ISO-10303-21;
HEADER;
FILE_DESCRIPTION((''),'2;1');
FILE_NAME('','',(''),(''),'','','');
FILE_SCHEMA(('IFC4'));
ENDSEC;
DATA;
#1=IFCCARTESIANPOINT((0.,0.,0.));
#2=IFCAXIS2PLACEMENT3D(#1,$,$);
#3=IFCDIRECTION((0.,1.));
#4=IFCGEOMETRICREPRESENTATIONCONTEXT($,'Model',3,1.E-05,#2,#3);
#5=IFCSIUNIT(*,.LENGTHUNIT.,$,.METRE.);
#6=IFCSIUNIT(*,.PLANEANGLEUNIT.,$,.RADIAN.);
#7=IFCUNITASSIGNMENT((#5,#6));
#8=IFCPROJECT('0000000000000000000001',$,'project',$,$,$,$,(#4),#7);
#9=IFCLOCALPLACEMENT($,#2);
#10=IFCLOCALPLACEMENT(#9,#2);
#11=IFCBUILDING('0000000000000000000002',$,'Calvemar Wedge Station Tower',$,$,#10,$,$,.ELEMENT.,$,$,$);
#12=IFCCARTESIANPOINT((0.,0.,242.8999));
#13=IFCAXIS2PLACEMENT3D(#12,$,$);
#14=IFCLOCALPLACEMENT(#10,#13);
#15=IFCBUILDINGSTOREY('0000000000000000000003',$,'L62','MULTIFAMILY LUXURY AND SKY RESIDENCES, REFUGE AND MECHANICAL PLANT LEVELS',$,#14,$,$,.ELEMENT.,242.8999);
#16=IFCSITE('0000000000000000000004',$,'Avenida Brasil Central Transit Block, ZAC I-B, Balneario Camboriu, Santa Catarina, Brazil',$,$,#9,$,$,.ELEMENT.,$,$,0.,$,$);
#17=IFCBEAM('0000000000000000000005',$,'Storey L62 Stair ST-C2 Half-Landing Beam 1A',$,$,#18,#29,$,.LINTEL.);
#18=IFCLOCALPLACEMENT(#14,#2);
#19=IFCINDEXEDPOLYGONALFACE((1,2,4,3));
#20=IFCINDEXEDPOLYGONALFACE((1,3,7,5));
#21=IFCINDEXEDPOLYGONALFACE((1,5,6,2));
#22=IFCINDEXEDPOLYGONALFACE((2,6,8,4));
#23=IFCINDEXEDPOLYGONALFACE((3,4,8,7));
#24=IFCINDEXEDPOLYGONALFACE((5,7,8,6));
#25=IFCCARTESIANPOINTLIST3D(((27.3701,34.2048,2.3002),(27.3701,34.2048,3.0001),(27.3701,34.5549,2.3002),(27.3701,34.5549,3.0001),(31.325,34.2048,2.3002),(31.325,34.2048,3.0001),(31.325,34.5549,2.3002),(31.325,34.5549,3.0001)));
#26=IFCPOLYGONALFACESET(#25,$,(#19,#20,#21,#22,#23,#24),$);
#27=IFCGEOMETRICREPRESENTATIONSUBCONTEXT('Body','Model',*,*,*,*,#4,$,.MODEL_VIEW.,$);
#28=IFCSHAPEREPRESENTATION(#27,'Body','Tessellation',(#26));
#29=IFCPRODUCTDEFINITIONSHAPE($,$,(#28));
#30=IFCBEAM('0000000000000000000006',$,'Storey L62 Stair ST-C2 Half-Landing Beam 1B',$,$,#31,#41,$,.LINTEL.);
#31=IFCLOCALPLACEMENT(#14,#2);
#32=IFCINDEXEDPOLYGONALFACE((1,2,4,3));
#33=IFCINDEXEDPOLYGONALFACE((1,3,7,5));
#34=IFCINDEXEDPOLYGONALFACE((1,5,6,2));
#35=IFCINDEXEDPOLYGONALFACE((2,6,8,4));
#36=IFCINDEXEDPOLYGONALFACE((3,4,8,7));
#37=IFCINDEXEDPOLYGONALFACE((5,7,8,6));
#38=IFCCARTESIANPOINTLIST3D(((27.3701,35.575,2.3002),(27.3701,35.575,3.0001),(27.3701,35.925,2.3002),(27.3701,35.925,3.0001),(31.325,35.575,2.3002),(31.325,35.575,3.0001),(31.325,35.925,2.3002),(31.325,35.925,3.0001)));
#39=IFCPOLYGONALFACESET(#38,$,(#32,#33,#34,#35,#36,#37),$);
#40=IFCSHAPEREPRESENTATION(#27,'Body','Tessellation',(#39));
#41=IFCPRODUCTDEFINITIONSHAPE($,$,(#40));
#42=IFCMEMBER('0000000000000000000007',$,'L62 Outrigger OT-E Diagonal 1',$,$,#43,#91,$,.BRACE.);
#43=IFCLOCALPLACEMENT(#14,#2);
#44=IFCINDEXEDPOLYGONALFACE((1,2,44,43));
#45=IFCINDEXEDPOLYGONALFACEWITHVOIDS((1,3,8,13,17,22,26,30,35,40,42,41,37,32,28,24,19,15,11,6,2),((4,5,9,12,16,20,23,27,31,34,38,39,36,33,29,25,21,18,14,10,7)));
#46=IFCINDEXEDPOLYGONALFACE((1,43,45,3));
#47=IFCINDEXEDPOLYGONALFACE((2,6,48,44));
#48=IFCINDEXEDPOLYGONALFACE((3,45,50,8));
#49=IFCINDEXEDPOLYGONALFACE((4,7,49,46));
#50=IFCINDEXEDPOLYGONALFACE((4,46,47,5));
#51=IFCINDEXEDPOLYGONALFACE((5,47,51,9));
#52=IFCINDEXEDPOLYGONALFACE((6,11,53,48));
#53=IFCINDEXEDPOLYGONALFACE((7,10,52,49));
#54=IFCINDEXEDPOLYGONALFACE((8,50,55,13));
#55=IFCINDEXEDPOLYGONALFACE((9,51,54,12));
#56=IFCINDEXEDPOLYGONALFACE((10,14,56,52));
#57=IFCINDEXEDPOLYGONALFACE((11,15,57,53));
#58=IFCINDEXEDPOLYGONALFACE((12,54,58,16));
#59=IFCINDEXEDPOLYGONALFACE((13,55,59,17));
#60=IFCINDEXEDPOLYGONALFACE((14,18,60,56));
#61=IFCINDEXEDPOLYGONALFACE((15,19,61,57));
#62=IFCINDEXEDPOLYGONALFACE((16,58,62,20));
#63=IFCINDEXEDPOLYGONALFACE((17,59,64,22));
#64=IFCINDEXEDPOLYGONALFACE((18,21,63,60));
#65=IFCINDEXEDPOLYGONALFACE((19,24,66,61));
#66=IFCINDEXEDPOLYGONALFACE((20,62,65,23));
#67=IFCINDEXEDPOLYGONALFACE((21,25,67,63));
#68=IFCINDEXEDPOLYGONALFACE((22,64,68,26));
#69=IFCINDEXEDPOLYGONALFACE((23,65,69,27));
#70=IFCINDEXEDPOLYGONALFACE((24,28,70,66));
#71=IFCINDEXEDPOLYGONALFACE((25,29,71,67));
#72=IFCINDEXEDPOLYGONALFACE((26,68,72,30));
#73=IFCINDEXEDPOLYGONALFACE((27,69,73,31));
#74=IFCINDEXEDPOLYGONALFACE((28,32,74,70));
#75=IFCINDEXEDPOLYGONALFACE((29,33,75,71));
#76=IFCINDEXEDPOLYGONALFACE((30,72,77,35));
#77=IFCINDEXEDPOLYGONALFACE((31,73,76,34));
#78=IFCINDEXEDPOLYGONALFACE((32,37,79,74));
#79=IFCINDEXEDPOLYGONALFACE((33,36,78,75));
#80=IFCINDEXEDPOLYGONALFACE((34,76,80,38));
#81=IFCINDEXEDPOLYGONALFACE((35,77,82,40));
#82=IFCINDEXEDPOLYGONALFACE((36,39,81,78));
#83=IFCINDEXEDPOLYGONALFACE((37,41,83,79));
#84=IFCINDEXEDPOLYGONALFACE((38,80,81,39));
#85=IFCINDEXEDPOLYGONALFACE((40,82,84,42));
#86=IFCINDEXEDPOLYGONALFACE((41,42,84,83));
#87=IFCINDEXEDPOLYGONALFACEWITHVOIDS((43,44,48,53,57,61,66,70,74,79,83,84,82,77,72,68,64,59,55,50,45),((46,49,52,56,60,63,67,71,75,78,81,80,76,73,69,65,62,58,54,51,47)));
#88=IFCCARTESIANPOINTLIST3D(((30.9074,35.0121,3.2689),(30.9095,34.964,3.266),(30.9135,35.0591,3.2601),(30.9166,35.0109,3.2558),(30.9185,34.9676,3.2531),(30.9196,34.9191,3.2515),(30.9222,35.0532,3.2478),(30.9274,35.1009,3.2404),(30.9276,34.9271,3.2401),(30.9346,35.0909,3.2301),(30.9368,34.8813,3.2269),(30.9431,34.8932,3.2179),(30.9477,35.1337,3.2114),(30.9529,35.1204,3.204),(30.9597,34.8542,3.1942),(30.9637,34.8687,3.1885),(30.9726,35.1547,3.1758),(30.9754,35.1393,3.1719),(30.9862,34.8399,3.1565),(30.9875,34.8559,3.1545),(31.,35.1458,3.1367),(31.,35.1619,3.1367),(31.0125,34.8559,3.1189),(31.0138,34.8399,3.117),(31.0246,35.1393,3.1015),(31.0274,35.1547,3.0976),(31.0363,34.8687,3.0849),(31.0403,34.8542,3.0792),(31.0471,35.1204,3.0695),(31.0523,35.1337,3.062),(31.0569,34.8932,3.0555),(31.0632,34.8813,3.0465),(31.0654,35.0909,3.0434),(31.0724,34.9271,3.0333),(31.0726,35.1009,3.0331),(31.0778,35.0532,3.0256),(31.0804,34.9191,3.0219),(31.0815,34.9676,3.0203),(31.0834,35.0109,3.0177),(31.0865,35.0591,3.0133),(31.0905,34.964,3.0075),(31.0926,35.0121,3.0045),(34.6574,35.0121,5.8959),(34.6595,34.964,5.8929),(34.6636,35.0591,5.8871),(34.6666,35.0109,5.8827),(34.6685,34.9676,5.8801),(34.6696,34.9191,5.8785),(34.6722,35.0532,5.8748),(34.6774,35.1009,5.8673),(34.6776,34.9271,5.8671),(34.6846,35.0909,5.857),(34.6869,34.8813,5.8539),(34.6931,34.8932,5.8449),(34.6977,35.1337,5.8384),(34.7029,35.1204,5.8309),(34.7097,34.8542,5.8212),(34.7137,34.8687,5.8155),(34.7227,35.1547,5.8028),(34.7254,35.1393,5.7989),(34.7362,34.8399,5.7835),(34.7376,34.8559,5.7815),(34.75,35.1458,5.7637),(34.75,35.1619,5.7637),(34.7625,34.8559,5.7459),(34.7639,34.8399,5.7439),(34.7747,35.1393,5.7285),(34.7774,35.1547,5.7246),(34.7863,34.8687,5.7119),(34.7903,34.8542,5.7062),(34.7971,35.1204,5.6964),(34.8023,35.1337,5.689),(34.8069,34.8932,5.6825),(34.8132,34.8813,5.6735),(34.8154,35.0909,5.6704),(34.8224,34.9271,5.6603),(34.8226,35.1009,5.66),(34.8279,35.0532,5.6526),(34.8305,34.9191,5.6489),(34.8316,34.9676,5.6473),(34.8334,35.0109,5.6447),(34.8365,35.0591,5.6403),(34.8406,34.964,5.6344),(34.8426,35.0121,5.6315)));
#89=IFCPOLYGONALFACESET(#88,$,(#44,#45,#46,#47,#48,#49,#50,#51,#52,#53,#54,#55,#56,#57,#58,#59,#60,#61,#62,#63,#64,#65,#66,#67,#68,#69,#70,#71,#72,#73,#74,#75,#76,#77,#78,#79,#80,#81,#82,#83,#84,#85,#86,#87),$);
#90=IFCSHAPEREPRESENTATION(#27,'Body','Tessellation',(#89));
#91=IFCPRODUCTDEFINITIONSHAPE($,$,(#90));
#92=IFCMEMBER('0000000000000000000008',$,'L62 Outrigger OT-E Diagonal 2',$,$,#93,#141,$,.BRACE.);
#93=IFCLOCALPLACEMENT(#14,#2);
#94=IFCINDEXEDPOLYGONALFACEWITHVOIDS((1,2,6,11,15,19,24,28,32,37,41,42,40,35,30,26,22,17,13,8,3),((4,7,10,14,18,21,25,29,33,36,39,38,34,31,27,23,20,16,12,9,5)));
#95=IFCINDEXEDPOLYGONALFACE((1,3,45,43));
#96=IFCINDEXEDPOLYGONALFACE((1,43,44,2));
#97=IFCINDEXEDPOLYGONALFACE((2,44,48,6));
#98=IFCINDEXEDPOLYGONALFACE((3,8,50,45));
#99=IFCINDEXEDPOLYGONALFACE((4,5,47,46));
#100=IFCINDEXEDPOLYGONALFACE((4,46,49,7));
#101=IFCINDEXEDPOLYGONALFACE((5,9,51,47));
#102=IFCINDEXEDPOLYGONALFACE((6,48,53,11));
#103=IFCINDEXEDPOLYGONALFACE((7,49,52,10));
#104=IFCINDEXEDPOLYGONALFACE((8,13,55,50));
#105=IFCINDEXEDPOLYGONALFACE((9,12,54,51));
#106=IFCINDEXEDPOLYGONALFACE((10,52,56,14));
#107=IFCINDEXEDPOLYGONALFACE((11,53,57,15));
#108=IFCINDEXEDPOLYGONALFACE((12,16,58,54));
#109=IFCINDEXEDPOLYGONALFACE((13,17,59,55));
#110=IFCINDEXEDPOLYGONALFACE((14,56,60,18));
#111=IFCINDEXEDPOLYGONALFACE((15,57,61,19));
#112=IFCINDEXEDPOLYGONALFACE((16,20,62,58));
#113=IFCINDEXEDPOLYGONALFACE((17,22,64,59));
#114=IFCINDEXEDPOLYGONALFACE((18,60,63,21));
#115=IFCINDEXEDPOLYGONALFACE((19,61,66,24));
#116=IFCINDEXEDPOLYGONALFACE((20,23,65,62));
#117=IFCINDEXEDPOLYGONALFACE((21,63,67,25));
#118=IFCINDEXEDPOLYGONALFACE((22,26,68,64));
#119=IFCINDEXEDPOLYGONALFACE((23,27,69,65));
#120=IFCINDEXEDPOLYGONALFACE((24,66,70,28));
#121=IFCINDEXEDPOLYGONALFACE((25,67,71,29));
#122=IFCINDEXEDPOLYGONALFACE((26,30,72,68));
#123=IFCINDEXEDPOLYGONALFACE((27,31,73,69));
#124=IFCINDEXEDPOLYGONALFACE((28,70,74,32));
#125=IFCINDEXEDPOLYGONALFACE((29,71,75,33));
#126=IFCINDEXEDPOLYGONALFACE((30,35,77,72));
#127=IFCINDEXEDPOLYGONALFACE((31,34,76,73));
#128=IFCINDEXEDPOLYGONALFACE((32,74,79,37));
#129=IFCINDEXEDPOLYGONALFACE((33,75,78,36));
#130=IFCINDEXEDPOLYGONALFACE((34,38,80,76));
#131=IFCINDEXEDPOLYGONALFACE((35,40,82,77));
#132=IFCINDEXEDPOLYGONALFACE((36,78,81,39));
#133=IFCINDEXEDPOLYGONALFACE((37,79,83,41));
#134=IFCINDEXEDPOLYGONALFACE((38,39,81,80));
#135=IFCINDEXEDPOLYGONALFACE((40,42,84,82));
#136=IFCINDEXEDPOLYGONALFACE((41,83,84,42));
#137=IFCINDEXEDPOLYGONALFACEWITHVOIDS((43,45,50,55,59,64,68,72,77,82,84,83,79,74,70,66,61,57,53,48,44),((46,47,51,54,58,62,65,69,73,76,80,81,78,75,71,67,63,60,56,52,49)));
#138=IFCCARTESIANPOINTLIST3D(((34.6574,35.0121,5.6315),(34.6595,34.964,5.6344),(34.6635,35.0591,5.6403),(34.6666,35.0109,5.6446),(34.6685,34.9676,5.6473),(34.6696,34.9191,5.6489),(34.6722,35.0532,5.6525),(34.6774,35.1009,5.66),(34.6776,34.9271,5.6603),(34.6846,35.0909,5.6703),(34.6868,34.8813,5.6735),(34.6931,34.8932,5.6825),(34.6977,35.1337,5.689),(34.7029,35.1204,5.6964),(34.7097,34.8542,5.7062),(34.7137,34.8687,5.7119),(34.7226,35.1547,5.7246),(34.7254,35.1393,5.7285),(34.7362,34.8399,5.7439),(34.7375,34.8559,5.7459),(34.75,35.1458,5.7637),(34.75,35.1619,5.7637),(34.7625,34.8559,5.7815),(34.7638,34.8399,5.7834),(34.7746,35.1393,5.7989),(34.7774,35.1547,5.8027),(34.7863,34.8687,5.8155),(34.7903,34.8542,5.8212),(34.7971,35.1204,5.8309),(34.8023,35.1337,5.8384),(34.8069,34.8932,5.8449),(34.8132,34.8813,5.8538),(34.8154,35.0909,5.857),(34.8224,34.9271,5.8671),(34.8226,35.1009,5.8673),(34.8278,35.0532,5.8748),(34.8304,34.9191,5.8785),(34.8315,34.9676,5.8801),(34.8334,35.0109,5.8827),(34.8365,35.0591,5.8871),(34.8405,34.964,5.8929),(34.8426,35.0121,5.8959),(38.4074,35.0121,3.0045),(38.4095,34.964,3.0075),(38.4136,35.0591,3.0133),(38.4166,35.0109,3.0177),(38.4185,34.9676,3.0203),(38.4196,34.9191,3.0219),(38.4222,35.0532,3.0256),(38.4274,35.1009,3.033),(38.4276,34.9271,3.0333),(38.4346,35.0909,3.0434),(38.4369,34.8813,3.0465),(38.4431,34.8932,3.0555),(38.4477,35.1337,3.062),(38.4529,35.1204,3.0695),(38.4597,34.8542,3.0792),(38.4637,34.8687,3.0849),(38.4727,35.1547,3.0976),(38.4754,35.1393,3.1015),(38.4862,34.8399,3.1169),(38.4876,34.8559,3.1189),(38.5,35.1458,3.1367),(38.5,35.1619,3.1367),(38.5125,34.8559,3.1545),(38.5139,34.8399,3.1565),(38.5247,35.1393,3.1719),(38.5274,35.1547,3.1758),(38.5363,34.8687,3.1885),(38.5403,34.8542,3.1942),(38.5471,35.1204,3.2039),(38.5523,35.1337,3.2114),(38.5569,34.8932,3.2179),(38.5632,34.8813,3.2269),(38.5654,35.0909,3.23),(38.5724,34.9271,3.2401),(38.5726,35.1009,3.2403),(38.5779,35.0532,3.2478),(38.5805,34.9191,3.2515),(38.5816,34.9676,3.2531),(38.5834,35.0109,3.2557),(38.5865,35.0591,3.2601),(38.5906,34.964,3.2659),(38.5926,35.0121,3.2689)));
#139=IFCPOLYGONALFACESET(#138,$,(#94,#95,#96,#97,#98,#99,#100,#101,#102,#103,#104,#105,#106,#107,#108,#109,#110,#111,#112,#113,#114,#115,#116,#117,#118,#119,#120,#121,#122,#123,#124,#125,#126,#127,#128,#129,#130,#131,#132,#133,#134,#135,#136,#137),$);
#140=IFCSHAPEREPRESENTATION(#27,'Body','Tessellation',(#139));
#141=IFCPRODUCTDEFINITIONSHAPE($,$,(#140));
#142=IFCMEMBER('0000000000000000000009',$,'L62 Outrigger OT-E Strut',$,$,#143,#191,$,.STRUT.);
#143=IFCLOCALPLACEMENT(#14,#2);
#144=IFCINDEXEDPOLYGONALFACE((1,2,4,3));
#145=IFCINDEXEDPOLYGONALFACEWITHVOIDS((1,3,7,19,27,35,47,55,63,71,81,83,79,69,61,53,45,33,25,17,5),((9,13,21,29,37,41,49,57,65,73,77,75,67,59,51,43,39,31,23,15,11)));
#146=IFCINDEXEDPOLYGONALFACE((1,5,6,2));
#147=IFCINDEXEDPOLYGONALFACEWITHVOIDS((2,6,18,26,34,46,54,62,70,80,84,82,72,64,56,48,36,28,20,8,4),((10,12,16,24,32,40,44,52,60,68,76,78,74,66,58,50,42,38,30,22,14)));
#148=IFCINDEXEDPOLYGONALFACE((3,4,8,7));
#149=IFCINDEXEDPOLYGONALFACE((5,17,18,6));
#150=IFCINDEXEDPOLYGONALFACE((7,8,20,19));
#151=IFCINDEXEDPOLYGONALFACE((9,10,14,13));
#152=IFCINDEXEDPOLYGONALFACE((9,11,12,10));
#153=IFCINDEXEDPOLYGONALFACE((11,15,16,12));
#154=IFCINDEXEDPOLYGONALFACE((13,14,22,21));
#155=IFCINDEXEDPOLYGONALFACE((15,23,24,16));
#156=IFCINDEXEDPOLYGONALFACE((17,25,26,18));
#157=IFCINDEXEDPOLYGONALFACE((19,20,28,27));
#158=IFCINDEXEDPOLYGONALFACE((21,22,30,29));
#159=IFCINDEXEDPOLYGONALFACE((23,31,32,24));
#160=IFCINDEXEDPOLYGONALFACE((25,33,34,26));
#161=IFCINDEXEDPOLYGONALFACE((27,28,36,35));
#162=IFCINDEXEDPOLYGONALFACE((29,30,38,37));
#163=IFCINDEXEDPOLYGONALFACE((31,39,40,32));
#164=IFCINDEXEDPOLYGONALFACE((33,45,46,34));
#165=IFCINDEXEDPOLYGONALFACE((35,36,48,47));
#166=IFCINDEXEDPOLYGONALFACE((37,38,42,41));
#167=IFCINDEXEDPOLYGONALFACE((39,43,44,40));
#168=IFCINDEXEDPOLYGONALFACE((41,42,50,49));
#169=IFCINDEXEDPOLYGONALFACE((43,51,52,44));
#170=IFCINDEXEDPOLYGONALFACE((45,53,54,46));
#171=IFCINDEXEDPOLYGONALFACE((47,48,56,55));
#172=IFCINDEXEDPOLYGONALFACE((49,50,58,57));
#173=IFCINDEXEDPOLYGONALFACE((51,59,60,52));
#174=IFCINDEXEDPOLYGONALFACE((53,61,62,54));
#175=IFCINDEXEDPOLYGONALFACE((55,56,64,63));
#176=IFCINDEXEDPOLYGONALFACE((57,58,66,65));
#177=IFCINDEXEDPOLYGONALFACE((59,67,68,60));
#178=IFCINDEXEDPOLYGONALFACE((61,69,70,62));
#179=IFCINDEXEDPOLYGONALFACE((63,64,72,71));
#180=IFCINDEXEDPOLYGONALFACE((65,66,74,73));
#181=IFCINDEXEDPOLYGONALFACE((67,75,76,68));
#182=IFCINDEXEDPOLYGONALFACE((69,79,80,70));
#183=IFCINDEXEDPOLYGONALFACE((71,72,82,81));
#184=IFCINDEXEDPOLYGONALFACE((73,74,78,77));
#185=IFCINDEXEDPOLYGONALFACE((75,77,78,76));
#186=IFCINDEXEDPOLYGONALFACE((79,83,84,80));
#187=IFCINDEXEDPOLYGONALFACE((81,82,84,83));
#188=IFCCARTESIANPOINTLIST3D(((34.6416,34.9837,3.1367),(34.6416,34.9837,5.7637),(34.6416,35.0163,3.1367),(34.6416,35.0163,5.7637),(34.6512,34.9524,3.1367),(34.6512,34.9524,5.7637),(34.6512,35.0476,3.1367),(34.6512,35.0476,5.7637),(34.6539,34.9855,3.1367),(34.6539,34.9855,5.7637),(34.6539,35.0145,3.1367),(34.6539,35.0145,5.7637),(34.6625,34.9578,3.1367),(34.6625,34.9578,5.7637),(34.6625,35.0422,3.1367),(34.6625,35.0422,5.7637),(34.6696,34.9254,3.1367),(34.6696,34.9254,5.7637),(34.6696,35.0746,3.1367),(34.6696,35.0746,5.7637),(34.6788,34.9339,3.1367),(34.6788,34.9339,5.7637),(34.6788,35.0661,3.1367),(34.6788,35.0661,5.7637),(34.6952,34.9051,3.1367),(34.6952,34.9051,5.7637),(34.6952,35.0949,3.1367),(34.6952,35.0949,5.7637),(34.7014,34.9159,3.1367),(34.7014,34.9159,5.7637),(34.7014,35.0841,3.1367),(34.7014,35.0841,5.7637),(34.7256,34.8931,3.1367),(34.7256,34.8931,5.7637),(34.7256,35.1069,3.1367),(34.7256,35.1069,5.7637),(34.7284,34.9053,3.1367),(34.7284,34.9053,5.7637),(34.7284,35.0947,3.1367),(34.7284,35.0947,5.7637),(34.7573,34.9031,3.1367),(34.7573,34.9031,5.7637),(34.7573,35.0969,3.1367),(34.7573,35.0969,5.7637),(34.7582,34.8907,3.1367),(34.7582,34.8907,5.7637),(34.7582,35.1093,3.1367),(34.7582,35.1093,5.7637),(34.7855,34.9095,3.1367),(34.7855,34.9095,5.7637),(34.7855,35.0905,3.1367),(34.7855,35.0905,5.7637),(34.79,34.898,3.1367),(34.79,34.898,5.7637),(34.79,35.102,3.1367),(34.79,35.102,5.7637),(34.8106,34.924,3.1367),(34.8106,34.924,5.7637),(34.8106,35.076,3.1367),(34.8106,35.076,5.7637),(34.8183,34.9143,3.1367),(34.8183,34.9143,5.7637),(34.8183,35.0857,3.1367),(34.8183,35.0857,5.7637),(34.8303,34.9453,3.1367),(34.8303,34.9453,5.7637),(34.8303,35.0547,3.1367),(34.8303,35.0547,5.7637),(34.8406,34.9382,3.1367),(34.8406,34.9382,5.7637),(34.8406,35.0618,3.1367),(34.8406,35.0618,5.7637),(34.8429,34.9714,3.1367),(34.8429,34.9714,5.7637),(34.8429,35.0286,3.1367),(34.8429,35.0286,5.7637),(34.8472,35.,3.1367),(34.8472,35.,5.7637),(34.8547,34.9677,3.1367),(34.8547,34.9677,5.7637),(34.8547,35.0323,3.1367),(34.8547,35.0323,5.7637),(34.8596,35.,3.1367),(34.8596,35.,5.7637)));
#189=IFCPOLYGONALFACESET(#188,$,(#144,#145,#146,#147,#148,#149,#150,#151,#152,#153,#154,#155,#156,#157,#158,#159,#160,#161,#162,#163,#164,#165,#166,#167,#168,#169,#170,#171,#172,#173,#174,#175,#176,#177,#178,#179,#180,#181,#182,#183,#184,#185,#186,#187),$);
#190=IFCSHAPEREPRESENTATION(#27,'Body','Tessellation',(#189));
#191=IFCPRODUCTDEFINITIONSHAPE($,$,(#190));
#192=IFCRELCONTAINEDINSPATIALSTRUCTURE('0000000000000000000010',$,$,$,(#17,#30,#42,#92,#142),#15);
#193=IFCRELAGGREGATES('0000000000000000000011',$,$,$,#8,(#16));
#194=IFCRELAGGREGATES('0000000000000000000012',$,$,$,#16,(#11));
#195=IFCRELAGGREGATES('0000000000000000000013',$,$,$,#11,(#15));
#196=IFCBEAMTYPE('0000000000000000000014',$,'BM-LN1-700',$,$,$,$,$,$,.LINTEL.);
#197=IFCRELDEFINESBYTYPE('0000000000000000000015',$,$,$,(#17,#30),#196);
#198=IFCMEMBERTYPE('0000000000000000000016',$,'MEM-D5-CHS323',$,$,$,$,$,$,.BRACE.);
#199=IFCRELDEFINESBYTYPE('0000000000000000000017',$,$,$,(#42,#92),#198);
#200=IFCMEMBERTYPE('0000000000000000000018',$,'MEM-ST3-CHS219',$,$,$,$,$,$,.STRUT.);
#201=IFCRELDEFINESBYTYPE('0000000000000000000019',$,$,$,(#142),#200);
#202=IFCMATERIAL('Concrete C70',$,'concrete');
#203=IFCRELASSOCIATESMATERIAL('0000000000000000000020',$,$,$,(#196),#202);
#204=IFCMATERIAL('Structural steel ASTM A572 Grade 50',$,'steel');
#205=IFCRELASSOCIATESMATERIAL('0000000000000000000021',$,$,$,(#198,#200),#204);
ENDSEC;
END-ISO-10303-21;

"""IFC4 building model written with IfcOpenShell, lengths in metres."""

from ifc_helpers import new_model, si_unit, direction, frame, origin, origin_2d, place, context, subcontext, project, spatial, rectangle, hollow_circle, extrude, source, transform, mapped, material, material_profile, profile_set, type_object, element, save


model = new_model("IFC4")

# Units and contexts
model_context = context("Model", 3, precision=1e-05, world=origin(), true_north=direction((0.0, 1.0)))
body_context = subcontext(model_context, "Body", "Model", "MODEL_VIEW")
ifc_project = project(units=[si_unit("LENGTHUNIT", "METRE"), si_unit("PLANEANGLEUNIT", "RADIAN")], contexts=[model_context])

# Site, building, storey
site_placement = place(None, origin())
site = spatial("IfcSite", under=ifc_project, at=site_placement, Name="Avenida Brasil Central Transit Block, ZAC I-B, Balneario Camboriu, Santa Catarina, Brazil", CompositionType="ELEMENT", RefElevation=0.0)
building_placement = place(site_placement, origin())
building = spatial("IfcBuilding", under=site, at=building_placement, Name="Calvemar Wedge Station Tower", CompositionType="ELEMENT")
storey_placement = place(building_placement, frame((0.0, 0.0, 242.8999)))
storey = spatial("IfcBuildingStorey", under=building, at=storey_placement, Name="L62", Description="MULTIFAMILY LUXURY AND SKY RESIDENCES, REFUGE AND MECHANICAL PLANT LEVELS", CompositionType="ELEMENT", Elevation=242.8999)

# Beams
ifc_material_1 = material(Name="Structural steel ASTM A572 Grade 50", Category="steel")
ifc_material_2 = material(Name="Concrete C70", Category="concrete")
ifc_material_profile_1 = material_profile(ifc_material_2, rectangle(XDim=0.3501, YDim=0.7, at=origin_2d()), Name="RC350x700")
ifc_profile_set_1 = profile_set([ifc_material_profile_1], Name="Concrete C70")
beam_type_1 = type_object("IfcBeamType", Name="BM-LN1-700", PredefinedType="LINTEL", material=ifc_profile_set_1)
shared_shape_1 = source(origin(), body_context, "Body", "SweptSolid", [
    extrude(rectangle(XDim=0.3501, YDim=0.7, at=origin_2d()), origin(), (0.0, 0.0, 1.0), 3.9548),
])
for number, where, z_axis, x_axis, name in (
    (1, (27.3701, 34.3799, 2.6501), (1.0, 0.0, 0.0), (0.0, 1.0, 0.0), "Storey L62 Stair ST-C2 Half-Landing Beam 1A"),
    (2, (27.3701, 35.75, 2.6501), (1.0, 0.0, 0.0), (0.0, 1.0, 0.0), "Storey L62 Stair ST-C2 Half-Landing Beam 1B"),
):
    element("IfcBeam", number, at=place(storey_placement, frame(where, z_axis=z_axis, x_axis=x_axis)), inside=storey, type_object=beam_type_1, Name=name, PredefinedType="LINTEL", context=body_context, shape_type="MappedRepresentation", body=[
        mapped(shared_shape_1, transform((0.0, 0.0, 0.0), scale=1.0)),
    ])

# Members
ifc_material_profile_2 = material_profile(ifc_material_1, hollow_circle(Radius=0.1619, WallThickness=0.0161, at=origin_2d()), Name="CHS323.9x16")
ifc_profile_set_2 = profile_set([ifc_material_profile_2], Name="Structural steel ASTM A572 Grade 50")
member_type_1 = type_object("IfcMemberType", Name="MEM-D5-CHS323", PredefinedType="BRACE", material=ifc_profile_set_2)
shared_shape_2 = source(origin(), body_context, "Body", "SweptSolid", [
    extrude(hollow_circle(Radius=0.1619, WallThickness=0.0161, at=origin_2d()), origin(), (0.0, 0.0, 1.0), 4.5786),
])
for number, where, z_axis, x_axis, name in (
    (3, (31.0, 35.0, 3.1367), (0.819031, 0.0, 0.573749), (0.0, 1.0, 0.0), "L62 Outrigger OT-E Diagonal 1"),
    (4, (34.75, 35.0, 5.7637), (0.819031, 0.0, -0.573749), (0.0, 1.0, 0.0), "L62 Outrigger OT-E Diagonal 2"),
):
    element("IfcMember", number, at=place(storey_placement, frame(where, z_axis=z_axis, x_axis=x_axis)), inside=storey, type_object=member_type_1, Name=name, PredefinedType="BRACE", context=body_context, shape_type="MappedRepresentation", body=[
        mapped(shared_shape_2, transform((0.0, 0.0, 0.0), scale=1.0)),
    ])
ifc_material_profile_3 = material_profile(ifc_material_1, hollow_circle(Radius=0.1096, WallThickness=0.0125, at=origin_2d()), Name="CHS219.1x12.5")
ifc_profile_set_3 = profile_set([ifc_material_profile_3], Name="Structural steel ASTM A572 Grade 50")
member_type_2 = type_object("IfcMemberType", Name="MEM-ST3-CHS219", PredefinedType="STRUT", material=ifc_profile_set_3)
shared_shape_3 = source(origin(), body_context, "Body", "SweptSolid", [
    extrude(hollow_circle(Radius=0.1096, WallThickness=0.0125, at=origin_2d()), origin(), (0.0, 0.0, 1.0), 2.627),
])
member_placement = place(storey_placement, frame((34.75, 35.0, 3.1367), z_axis=(0.0, 0.0, 1.0), x_axis=(1.0, 0.0, 0.0)))
element("IfcMember", 5, at=member_placement, inside=storey, type_object=member_type_2, Name="L62 Outrigger OT-E Strut", PredefinedType="STRUT", context=body_context, shape_type="MappedRepresentation", body=[
    mapped(shared_shape_3, transform((0.0, 0.0, 0.0), scale=1.0)),
])

save(model, "model.ifc")
